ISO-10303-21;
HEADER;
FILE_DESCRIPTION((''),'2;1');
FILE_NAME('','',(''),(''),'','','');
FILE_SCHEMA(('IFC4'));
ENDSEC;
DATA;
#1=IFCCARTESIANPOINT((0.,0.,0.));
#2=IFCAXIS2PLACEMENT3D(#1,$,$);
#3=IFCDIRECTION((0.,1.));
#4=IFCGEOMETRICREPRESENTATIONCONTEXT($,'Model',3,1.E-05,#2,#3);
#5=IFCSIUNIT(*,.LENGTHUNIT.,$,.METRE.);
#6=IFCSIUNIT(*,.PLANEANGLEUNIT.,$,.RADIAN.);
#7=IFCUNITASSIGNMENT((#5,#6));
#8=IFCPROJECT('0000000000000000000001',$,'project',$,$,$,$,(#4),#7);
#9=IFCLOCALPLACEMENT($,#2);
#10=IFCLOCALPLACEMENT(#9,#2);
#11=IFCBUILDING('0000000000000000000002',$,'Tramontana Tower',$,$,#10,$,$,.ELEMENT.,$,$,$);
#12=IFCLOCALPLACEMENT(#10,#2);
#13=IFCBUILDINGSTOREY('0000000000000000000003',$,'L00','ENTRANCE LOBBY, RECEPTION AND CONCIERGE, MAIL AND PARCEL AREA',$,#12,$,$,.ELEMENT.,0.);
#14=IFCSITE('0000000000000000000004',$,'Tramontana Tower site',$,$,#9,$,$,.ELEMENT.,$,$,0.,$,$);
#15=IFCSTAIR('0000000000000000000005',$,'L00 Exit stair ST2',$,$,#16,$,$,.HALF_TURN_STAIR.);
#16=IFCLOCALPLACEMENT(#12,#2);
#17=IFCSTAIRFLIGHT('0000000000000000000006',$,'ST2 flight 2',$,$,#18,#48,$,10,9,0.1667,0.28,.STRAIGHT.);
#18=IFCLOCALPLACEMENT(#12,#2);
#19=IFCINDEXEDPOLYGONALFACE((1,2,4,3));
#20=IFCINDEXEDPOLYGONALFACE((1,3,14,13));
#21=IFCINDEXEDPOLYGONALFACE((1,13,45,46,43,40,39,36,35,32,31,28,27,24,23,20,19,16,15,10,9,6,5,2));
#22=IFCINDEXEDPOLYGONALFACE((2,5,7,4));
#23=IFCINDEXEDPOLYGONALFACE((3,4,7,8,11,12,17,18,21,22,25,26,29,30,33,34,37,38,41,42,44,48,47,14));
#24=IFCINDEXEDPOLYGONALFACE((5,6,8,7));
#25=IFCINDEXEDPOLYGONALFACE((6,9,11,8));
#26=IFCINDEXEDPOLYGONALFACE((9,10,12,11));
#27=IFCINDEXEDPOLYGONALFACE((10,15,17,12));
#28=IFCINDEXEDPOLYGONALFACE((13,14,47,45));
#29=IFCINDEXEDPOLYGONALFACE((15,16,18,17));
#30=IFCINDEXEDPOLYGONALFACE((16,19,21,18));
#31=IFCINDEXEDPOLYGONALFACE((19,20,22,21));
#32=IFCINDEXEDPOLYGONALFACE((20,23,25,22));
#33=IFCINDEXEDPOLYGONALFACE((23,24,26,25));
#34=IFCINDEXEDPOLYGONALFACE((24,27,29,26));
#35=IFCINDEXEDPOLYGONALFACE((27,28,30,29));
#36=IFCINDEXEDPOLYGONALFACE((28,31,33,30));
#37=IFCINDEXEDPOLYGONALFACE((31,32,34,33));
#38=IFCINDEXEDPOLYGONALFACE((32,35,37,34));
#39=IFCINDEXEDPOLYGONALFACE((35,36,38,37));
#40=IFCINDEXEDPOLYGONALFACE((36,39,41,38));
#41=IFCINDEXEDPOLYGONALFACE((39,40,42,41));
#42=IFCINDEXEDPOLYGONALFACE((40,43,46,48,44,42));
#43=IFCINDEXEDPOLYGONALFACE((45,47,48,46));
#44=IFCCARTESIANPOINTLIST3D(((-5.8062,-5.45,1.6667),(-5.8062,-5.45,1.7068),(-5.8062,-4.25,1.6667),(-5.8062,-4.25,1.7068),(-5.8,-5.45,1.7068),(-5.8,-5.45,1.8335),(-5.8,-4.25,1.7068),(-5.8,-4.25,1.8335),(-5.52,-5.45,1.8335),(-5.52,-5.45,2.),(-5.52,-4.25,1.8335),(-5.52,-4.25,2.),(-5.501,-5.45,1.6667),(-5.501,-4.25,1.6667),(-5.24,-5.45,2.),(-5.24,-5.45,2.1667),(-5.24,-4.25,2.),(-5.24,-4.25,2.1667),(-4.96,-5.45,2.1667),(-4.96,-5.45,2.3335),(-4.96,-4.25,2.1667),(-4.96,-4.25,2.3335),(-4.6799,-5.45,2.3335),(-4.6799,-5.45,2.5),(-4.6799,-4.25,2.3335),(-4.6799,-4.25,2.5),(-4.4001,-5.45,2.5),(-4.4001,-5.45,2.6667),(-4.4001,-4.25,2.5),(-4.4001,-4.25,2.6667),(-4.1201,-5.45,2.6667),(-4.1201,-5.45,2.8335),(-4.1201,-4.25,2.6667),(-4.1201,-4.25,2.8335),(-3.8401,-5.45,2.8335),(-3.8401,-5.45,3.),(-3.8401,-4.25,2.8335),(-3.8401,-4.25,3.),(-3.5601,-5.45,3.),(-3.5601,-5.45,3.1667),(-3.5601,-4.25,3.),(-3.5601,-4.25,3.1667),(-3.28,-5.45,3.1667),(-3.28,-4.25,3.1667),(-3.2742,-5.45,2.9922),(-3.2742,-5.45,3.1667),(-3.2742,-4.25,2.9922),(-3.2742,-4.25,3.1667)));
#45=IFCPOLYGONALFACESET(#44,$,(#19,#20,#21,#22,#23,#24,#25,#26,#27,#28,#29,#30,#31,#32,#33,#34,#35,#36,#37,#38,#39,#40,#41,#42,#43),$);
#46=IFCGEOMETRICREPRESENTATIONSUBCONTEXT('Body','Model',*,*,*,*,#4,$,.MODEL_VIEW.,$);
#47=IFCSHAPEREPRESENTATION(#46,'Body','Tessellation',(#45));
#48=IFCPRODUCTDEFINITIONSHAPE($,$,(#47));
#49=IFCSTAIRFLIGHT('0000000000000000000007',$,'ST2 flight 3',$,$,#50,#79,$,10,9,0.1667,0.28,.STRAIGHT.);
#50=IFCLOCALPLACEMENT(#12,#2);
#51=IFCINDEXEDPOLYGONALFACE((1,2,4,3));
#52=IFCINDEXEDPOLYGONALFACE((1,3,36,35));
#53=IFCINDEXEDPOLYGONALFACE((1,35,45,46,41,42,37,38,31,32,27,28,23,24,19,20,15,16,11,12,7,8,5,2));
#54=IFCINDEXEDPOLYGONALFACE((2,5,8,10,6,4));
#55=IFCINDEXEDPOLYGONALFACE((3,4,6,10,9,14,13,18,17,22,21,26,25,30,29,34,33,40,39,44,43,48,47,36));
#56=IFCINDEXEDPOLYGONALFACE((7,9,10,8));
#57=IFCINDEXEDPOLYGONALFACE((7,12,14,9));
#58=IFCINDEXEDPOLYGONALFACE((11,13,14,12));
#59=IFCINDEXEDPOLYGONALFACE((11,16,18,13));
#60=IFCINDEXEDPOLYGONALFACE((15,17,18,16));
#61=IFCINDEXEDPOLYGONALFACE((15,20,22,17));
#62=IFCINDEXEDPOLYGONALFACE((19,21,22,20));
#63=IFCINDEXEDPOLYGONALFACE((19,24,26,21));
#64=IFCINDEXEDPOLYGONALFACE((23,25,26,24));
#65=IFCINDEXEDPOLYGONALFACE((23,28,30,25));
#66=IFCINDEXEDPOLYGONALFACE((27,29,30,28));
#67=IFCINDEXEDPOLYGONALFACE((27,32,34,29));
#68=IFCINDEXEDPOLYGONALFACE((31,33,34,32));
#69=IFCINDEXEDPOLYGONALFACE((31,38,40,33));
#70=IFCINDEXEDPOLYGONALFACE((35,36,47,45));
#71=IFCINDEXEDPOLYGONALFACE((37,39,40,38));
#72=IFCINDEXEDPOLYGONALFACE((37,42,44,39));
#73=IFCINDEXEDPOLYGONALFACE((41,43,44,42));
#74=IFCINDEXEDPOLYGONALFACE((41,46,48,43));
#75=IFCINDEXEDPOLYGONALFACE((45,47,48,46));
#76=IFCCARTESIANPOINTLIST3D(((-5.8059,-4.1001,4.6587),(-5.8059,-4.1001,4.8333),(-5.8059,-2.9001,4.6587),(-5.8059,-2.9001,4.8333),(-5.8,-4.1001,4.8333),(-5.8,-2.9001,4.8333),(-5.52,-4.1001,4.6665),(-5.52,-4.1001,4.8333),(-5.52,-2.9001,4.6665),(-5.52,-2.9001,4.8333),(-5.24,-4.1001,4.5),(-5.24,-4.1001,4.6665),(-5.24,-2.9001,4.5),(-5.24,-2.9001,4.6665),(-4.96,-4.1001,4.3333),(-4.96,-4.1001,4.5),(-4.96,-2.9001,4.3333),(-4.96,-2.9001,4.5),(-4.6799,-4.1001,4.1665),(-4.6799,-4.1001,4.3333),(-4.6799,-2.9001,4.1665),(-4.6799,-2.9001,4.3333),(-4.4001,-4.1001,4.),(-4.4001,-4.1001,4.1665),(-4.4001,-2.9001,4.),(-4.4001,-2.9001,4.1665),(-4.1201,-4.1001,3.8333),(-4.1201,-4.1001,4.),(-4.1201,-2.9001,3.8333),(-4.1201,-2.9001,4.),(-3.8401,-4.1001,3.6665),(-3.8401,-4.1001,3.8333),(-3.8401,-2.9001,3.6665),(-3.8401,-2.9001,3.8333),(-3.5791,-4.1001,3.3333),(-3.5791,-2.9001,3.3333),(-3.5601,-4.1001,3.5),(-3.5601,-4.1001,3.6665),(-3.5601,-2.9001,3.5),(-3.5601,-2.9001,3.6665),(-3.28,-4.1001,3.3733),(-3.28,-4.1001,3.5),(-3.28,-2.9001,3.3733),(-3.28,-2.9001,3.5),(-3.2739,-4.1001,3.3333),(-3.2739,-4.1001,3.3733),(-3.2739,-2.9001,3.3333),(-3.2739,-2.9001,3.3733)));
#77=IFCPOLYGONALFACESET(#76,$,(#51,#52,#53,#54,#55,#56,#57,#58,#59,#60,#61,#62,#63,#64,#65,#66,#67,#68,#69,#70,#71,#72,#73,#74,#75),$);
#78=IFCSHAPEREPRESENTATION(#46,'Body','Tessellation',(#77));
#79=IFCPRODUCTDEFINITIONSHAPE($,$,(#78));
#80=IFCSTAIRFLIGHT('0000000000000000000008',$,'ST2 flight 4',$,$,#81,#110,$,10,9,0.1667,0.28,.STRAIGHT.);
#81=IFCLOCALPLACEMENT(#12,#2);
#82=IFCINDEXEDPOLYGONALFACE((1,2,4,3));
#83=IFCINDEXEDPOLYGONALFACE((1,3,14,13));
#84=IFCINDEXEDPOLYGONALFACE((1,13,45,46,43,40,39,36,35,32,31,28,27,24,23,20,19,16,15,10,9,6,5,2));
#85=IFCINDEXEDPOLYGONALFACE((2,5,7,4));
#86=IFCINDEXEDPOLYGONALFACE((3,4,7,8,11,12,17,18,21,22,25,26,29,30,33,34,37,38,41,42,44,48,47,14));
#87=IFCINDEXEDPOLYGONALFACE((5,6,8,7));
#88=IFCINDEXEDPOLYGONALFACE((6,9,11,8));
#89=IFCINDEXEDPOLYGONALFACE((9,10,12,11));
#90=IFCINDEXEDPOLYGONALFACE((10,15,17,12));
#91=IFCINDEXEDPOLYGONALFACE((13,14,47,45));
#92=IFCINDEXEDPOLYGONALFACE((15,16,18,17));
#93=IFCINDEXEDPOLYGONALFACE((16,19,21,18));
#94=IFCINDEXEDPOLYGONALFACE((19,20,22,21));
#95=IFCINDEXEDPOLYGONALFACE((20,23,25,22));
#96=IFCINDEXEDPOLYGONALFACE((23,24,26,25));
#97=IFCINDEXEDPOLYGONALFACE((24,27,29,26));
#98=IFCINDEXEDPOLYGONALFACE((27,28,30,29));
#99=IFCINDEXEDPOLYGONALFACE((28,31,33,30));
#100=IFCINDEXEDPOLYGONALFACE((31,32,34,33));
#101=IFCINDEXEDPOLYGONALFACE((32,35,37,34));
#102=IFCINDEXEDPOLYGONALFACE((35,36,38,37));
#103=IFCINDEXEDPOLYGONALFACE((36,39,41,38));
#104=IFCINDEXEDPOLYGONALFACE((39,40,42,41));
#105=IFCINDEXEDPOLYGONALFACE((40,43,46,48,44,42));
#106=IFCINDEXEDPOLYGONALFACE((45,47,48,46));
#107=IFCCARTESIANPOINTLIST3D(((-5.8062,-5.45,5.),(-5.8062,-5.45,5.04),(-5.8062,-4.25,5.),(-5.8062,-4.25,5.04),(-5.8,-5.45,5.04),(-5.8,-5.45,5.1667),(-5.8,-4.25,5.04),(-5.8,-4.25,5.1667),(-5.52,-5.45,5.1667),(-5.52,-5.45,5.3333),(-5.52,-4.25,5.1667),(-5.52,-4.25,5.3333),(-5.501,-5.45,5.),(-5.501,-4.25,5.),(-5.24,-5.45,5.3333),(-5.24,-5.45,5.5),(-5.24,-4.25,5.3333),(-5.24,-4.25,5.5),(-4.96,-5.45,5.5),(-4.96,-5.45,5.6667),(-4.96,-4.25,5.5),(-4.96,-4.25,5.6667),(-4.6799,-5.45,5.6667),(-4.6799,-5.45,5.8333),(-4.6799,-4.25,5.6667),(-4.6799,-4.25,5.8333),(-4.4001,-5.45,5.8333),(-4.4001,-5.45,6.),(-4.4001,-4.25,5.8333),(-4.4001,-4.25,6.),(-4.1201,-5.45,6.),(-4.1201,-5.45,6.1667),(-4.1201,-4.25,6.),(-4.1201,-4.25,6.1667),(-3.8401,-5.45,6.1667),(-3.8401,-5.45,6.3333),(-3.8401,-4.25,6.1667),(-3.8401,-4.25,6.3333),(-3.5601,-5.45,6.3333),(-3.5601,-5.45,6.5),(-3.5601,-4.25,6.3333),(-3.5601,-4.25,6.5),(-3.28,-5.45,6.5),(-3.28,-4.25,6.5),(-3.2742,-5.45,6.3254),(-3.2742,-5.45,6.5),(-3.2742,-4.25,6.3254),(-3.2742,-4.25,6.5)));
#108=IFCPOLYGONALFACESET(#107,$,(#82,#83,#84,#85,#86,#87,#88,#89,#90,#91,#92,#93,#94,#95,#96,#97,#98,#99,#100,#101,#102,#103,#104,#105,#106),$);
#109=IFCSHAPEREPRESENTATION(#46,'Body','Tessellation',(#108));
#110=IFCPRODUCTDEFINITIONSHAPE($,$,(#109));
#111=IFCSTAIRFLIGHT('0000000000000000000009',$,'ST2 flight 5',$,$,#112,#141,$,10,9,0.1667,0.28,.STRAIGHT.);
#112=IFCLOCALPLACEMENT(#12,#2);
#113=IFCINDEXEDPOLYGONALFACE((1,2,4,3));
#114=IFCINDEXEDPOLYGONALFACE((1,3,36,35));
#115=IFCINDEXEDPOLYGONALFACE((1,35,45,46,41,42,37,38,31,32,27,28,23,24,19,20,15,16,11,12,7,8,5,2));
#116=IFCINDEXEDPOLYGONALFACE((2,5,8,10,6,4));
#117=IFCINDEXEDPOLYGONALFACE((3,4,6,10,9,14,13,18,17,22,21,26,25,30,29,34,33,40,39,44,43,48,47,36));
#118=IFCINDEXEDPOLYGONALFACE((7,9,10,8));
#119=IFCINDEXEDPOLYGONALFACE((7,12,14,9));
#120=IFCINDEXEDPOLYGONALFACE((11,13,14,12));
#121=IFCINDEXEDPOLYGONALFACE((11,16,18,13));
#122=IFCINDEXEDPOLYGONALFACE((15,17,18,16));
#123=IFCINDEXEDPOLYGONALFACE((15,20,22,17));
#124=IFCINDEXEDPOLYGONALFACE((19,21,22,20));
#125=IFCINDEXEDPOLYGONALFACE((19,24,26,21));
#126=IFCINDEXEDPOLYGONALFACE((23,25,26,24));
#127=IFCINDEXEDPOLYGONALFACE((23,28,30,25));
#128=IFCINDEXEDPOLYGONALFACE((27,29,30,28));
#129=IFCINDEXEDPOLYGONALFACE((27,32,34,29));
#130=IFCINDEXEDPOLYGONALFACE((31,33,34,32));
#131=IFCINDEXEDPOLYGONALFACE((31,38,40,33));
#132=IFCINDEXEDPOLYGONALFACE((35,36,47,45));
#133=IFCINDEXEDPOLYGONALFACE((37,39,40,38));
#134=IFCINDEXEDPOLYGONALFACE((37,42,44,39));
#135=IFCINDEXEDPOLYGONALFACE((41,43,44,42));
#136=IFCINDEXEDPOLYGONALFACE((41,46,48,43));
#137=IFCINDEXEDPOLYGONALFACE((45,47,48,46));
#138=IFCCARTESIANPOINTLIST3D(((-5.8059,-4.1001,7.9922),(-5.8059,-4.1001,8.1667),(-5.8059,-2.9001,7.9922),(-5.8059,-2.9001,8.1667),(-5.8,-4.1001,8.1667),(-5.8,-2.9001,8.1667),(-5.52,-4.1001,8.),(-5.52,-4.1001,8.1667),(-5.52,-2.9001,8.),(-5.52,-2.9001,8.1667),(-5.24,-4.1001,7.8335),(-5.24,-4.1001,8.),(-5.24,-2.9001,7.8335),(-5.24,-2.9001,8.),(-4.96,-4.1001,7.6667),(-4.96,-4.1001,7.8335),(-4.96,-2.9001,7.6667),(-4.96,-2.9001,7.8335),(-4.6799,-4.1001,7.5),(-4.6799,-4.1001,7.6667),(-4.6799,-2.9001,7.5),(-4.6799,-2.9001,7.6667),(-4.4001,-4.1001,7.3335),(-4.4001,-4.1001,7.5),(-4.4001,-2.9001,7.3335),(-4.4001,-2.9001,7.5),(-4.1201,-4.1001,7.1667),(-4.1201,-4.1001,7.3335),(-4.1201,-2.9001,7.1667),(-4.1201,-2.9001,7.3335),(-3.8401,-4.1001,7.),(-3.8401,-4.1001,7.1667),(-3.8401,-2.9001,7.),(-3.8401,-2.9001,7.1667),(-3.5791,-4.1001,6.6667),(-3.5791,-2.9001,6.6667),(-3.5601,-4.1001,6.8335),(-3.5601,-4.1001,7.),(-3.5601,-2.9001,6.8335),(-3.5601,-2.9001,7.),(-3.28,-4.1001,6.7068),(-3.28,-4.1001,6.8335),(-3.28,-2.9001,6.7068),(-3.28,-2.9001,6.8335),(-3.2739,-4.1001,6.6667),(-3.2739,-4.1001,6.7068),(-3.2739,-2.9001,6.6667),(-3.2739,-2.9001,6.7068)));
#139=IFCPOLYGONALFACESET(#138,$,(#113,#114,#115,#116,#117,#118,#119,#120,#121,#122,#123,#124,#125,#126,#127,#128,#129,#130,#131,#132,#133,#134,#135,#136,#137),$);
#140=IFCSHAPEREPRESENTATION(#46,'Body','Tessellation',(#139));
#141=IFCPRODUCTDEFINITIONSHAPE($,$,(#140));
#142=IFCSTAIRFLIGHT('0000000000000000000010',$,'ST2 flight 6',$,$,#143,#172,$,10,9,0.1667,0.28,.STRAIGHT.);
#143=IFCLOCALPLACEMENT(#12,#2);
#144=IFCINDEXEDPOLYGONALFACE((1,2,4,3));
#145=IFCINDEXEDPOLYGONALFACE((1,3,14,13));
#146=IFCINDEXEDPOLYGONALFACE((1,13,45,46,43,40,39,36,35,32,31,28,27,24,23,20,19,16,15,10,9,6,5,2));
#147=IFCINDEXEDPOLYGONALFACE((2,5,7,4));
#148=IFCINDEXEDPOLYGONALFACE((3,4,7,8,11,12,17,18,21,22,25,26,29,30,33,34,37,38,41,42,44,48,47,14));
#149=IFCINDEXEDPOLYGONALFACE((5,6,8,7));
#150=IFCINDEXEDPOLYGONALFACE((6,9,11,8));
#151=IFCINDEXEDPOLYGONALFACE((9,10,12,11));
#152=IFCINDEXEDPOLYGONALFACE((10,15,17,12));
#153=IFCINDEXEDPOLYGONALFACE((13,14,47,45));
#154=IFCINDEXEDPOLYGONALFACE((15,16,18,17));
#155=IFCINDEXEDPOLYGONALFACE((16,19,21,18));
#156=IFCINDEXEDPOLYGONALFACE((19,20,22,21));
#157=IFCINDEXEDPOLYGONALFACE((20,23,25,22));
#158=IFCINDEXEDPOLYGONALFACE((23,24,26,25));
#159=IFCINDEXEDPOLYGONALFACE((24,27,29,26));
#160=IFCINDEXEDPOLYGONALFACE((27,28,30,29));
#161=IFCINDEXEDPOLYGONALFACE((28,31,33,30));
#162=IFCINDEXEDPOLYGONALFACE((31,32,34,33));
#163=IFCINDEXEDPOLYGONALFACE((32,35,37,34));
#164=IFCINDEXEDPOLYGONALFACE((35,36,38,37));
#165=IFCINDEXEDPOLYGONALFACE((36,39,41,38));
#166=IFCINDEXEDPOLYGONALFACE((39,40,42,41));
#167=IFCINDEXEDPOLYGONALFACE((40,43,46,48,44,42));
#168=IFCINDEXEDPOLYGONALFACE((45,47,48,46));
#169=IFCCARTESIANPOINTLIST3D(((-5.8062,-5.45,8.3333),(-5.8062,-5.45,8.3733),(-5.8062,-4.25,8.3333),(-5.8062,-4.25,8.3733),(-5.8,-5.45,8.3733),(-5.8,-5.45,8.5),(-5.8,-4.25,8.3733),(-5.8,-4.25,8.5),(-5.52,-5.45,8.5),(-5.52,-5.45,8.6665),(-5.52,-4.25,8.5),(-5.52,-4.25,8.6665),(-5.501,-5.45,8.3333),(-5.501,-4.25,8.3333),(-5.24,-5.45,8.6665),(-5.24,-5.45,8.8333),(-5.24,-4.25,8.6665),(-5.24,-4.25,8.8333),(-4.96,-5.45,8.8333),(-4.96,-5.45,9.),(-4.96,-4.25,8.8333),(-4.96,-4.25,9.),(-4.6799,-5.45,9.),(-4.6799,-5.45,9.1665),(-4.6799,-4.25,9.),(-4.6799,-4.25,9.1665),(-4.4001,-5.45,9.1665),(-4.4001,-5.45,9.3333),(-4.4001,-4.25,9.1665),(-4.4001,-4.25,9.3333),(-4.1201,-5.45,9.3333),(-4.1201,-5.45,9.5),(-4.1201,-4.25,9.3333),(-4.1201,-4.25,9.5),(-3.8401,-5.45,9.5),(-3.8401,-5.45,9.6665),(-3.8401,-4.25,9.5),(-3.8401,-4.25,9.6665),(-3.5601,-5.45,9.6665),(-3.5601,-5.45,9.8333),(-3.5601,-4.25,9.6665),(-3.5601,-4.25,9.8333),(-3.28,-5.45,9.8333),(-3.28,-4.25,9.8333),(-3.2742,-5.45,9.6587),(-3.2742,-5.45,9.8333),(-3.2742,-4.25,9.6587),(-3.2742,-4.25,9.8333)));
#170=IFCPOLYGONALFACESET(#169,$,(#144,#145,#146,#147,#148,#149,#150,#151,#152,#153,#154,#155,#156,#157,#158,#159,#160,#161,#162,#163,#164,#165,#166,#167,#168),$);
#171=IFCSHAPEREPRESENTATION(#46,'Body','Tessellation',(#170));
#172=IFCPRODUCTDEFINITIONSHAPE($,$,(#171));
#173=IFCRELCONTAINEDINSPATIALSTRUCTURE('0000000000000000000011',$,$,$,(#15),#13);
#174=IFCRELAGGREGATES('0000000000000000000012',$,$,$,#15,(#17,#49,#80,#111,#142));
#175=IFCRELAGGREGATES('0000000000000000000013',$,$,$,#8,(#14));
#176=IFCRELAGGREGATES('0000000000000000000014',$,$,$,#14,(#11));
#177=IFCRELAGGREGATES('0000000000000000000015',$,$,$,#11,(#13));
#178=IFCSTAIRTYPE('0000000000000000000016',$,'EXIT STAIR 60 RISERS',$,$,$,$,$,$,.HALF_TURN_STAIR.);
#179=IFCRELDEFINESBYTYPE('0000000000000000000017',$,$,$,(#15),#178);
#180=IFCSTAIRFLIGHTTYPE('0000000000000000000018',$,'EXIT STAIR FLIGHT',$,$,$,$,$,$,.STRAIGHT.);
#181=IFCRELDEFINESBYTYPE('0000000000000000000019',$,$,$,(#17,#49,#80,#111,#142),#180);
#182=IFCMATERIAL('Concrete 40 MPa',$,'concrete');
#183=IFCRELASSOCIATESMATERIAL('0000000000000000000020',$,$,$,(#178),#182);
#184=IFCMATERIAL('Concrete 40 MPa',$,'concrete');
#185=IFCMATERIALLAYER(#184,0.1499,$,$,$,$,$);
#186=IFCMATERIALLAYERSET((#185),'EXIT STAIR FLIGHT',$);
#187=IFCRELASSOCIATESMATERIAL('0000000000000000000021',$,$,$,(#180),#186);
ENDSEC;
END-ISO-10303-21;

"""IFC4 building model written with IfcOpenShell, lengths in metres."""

from ifc_helpers import new_model, si_unit, direction, frame, origin, place, context, subcontext, project, spatial, polyline, outline, extrude, material, layer, layer_set, type_object, element, aggregate, save


model = new_model("IFC4")

# Units and contexts
model_context = context("Model", 3, precision=1e-05, world=origin(), true_north=direction((0.0, 1.0)))
body_context = subcontext(model_context, "Body", "Model", "MODEL_VIEW")
ifc_project = project(units=[si_unit("LENGTHUNIT", "METRE"), si_unit("PLANEANGLEUNIT", "RADIAN")], contexts=[model_context])

# Site, building, storey
site_placement = place(None, origin())
site = spatial("IfcSite", under=ifc_project, at=site_placement, Name="Tramontana Tower site", CompositionType="ELEMENT", RefElevation=0.0)
building_placement = place(site_placement, origin())
building = spatial("IfcBuilding", under=site, at=building_placement, Name="Tramontana Tower", CompositionType="ELEMENT")
storey_placement = place(building_placement, origin())
storey = spatial("IfcBuildingStorey", under=building, at=storey_placement, Name="L00", Description="ENTRANCE LOBBY, RECEPTION AND CONCIERGE, MAIL AND PARCEL AREA", CompositionType="ELEMENT", Elevation=0.0)

# Stair, stair flights
ifc_material_1 = material(Name="Concrete 40 MPa", Category="concrete")
stair_type = type_object("IfcStairType", Name="EXIT STAIR 60 RISERS", PredefinedType="HALF_TURN_STAIR", material=ifc_material_1)
stair_placement = place(storey_placement, origin())
stair = element("IfcStair", 1, at=stair_placement, inside=storey, type_object=stair_type, Name="L00 Exit stair ST2", PredefinedType="HALF_TURN_STAIR")
ifc_material_2 = material(Name="Concrete 40 MPa", Category="concrete")
ifc_layer_1 = layer(ifc_material_2, 0.1499)
ifc_layer_set_1 = layer_set([ifc_layer_1], Name="EXIT STAIR FLIGHT")
stair_flight_type = type_object("IfcStairFlightType", Name="EXIT STAIR FLIGHT", PredefinedType="STRAIGHT", material=ifc_layer_set_1)
stair_flight_1_placement = place(storey_placement, frame((-5.8, -4.8501, 1.6667), z_axis=(0.0, 0.0, 1.0), x_axis=(1.0, 0.0, 0.0)))
stair_flight_1 = element("IfcStairFlight", 2, at=stair_flight_1_placement, type_object=stair_flight_type, Name="ST2 flight 2", NumberOfRisers=10, NumberOfTreads=9, PredefinedType="STRAIGHT", RiserHeight=0.1667, TreadLength=0.28, context=body_context, shape_type="SweptSolid", body=[
    extrude(outline(polyline([(-0.0061, 0.0), (-0.0061, 0.04), (0.0, 0.04), (0.0, 0.1667), (0.28, 0.1667), (0.28, 0.3333), (0.5601, 0.3333), (0.5601, 0.5), (0.8401, 0.5), (0.8401, 0.6667), (1.1201, 0.6667), (1.1201, 0.8333), (1.3999, 0.8333), (1.3999, 1.0), (1.6799, 1.0), (1.6799, 1.1667), (1.96, 1.1667), (1.96, 1.3333), (2.24, 1.3333), (2.24, 1.5), (2.52, 1.5), (2.5259, 1.5), (2.5259, 1.3254), (0.2991, 0.0), (-0.0061, 0.0)])), frame((0.0, 0.6001, 0.0), z_axis=(0.0, -1.0, 0.0), x_axis=(1.0, 0.0, 0.0)), (0.0, 0.0, 1.0), 1.2),
])
stair_flight_2_placement = place(storey_placement, frame((-3.28, -3.5, 3.3333), z_axis=(0.0, 0.0, 1.0), x_axis=(-1.0, 0.0, 0.0)))
stair_flight_2 = element("IfcStairFlight", 3, at=stair_flight_2_placement, type_object=stair_flight_type, Name="ST2 flight 3", NumberOfRisers=10, NumberOfTreads=9, PredefinedType="STRAIGHT", RiserHeight=0.1667, TreadLength=0.28, context=body_context, shape_type="SweptSolid", body=[
    extrude(outline(polyline([(-0.0061, 0.0), (-0.0061, 0.04), (0.0, 0.04), (0.0, 0.1667), (0.28, 0.1667), (0.28, 0.3333), (0.5601, 0.3333), (0.5601, 0.5), (0.8401, 0.5), (0.8401, 0.6667), (1.1201, 0.6667), (1.1201, 0.8333), (1.3999, 0.8333), (1.3999, 1.0), (1.6799, 1.0), (1.6799, 1.1667), (1.96, 1.1667), (1.96, 1.3333), (2.24, 1.3333), (2.24, 1.5), (2.52, 1.5), (2.5259, 1.5), (2.5259, 1.3254), (0.2991, 0.0), (-0.0061, 0.0)])), frame((0.0, 0.6001, 0.0), z_axis=(0.0, -1.0, 0.0), x_axis=(1.0, 0.0, 0.0)), (0.0, 0.0, 1.0), 1.2),
])
stair_flight_3_placement = place(storey_placement, frame((-5.8, -4.8501, 5.0), z_axis=(0.0, 0.0, 1.0), x_axis=(1.0, 0.0, 0.0)))
stair_flight_3 = element("IfcStairFlight", 4, at=stair_flight_3_placement, type_object=stair_flight_type, Name="ST2 flight 4", NumberOfRisers=10, NumberOfTreads=9, PredefinedType="STRAIGHT", RiserHeight=0.1667, TreadLength=0.28, context=body_context, shape_type="SweptSolid", body=[
    extrude(outline(polyline([(-0.0061, 0.0), (-0.0061, 0.04), (0.0, 0.04), (0.0, 0.1667), (0.28, 0.1667), (0.28, 0.3333), (0.5601, 0.3333), (0.5601, 0.5), (0.8401, 0.5), (0.8401, 0.6667), (1.1201, 0.6667), (1.1201, 0.8333), (1.3999, 0.8333), (1.3999, 1.0), (1.6799, 1.0), (1.6799, 1.1667), (1.96, 1.1667), (1.96, 1.3333), (2.24, 1.3333), (2.24, 1.5), (2.52, 1.5), (2.5259, 1.5), (2.5259, 1.3254), (0.2991, 0.0), (-0.0061, 0.0)])), frame((0.0, 0.6001, 0.0), z_axis=(0.0, -1.0, 0.0), x_axis=(1.0, 0.0, 0.0)), (0.0, 0.0, 1.0), 1.2),
])
stair_flight_4_placement = place(storey_placement, frame((-3.28, -3.5, 6.6667), z_axis=(0.0, 0.0, 1.0), x_axis=(-1.0, 0.0, 0.0)))
stair_flight_4 = element("IfcStairFlight", 5, at=stair_flight_4_placement, type_object=stair_flight_type, Name="ST2 flight 5", NumberOfRisers=10, NumberOfTreads=9, PredefinedType="STRAIGHT", RiserHeight=0.1667, TreadLength=0.28, context=body_context, shape_type="SweptSolid", body=[
    extrude(outline(polyline([(-0.0061, 0.0), (-0.0061, 0.04), (0.0, 0.04), (0.0, 0.1667), (0.28, 0.1667), (0.28, 0.3333), (0.5601, 0.3333), (0.5601, 0.5), (0.8401, 0.5), (0.8401, 0.6667), (1.1201, 0.6667), (1.1201, 0.8333), (1.3999, 0.8333), (1.3999, 1.0), (1.6799, 1.0), (1.6799, 1.1667), (1.96, 1.1667), (1.96, 1.3333), (2.24, 1.3333), (2.24, 1.5), (2.52, 1.5), (2.5259, 1.5), (2.5259, 1.3254), (0.2991, 0.0), (-0.0061, 0.0)])), frame((0.0, 0.6001, 0.0), z_axis=(0.0, -1.0, 0.0), x_axis=(1.0, 0.0, 0.0)), (0.0, 0.0, 1.0), 1.2),
])
stair_flight_5_placement = place(storey_placement, frame((-5.8, -4.8501, 8.3333), z_axis=(0.0, 0.0, 1.0), x_axis=(1.0, 0.0, 0.0)))
stair_flight_5 = element("IfcStairFlight", 6, at=stair_flight_5_placement, type_object=stair_flight_type, Name="ST2 flight 6", NumberOfRisers=10, NumberOfTreads=9, PredefinedType="STRAIGHT", RiserHeight=0.1667, TreadLength=0.28, context=body_context, shape_type="SweptSolid", body=[
    extrude(outline(polyline([(-0.0061, 0.0), (-0.0061, 0.04), (0.0, 0.04), (0.0, 0.1667), (0.28, 0.1667), (0.28, 0.3333), (0.5601, 0.3333), (0.5601, 0.5), (0.8401, 0.5), (0.8401, 0.6667), (1.1201, 0.6667), (1.1201, 0.8333), (1.3999, 0.8333), (1.3999, 1.0), (1.6799, 1.0), (1.6799, 1.1667), (1.96, 1.1667), (1.96, 1.3333), (2.24, 1.3333), (2.24, 1.5), (2.52, 1.5), (2.5259, 1.5), (2.5259, 1.3254), (0.2991, 0.0), (-0.0061, 0.0)])), frame((0.0, 0.6001, 0.0), z_axis=(0.0, -1.0, 0.0), x_axis=(1.0, 0.0, 0.0)), (0.0, 0.0, 1.0), 1.2),
])
aggregate(stair, [stair_flight_1, stair_flight_2, stair_flight_3, stair_flight_4, stair_flight_5])

save(model, "model.ifc")
